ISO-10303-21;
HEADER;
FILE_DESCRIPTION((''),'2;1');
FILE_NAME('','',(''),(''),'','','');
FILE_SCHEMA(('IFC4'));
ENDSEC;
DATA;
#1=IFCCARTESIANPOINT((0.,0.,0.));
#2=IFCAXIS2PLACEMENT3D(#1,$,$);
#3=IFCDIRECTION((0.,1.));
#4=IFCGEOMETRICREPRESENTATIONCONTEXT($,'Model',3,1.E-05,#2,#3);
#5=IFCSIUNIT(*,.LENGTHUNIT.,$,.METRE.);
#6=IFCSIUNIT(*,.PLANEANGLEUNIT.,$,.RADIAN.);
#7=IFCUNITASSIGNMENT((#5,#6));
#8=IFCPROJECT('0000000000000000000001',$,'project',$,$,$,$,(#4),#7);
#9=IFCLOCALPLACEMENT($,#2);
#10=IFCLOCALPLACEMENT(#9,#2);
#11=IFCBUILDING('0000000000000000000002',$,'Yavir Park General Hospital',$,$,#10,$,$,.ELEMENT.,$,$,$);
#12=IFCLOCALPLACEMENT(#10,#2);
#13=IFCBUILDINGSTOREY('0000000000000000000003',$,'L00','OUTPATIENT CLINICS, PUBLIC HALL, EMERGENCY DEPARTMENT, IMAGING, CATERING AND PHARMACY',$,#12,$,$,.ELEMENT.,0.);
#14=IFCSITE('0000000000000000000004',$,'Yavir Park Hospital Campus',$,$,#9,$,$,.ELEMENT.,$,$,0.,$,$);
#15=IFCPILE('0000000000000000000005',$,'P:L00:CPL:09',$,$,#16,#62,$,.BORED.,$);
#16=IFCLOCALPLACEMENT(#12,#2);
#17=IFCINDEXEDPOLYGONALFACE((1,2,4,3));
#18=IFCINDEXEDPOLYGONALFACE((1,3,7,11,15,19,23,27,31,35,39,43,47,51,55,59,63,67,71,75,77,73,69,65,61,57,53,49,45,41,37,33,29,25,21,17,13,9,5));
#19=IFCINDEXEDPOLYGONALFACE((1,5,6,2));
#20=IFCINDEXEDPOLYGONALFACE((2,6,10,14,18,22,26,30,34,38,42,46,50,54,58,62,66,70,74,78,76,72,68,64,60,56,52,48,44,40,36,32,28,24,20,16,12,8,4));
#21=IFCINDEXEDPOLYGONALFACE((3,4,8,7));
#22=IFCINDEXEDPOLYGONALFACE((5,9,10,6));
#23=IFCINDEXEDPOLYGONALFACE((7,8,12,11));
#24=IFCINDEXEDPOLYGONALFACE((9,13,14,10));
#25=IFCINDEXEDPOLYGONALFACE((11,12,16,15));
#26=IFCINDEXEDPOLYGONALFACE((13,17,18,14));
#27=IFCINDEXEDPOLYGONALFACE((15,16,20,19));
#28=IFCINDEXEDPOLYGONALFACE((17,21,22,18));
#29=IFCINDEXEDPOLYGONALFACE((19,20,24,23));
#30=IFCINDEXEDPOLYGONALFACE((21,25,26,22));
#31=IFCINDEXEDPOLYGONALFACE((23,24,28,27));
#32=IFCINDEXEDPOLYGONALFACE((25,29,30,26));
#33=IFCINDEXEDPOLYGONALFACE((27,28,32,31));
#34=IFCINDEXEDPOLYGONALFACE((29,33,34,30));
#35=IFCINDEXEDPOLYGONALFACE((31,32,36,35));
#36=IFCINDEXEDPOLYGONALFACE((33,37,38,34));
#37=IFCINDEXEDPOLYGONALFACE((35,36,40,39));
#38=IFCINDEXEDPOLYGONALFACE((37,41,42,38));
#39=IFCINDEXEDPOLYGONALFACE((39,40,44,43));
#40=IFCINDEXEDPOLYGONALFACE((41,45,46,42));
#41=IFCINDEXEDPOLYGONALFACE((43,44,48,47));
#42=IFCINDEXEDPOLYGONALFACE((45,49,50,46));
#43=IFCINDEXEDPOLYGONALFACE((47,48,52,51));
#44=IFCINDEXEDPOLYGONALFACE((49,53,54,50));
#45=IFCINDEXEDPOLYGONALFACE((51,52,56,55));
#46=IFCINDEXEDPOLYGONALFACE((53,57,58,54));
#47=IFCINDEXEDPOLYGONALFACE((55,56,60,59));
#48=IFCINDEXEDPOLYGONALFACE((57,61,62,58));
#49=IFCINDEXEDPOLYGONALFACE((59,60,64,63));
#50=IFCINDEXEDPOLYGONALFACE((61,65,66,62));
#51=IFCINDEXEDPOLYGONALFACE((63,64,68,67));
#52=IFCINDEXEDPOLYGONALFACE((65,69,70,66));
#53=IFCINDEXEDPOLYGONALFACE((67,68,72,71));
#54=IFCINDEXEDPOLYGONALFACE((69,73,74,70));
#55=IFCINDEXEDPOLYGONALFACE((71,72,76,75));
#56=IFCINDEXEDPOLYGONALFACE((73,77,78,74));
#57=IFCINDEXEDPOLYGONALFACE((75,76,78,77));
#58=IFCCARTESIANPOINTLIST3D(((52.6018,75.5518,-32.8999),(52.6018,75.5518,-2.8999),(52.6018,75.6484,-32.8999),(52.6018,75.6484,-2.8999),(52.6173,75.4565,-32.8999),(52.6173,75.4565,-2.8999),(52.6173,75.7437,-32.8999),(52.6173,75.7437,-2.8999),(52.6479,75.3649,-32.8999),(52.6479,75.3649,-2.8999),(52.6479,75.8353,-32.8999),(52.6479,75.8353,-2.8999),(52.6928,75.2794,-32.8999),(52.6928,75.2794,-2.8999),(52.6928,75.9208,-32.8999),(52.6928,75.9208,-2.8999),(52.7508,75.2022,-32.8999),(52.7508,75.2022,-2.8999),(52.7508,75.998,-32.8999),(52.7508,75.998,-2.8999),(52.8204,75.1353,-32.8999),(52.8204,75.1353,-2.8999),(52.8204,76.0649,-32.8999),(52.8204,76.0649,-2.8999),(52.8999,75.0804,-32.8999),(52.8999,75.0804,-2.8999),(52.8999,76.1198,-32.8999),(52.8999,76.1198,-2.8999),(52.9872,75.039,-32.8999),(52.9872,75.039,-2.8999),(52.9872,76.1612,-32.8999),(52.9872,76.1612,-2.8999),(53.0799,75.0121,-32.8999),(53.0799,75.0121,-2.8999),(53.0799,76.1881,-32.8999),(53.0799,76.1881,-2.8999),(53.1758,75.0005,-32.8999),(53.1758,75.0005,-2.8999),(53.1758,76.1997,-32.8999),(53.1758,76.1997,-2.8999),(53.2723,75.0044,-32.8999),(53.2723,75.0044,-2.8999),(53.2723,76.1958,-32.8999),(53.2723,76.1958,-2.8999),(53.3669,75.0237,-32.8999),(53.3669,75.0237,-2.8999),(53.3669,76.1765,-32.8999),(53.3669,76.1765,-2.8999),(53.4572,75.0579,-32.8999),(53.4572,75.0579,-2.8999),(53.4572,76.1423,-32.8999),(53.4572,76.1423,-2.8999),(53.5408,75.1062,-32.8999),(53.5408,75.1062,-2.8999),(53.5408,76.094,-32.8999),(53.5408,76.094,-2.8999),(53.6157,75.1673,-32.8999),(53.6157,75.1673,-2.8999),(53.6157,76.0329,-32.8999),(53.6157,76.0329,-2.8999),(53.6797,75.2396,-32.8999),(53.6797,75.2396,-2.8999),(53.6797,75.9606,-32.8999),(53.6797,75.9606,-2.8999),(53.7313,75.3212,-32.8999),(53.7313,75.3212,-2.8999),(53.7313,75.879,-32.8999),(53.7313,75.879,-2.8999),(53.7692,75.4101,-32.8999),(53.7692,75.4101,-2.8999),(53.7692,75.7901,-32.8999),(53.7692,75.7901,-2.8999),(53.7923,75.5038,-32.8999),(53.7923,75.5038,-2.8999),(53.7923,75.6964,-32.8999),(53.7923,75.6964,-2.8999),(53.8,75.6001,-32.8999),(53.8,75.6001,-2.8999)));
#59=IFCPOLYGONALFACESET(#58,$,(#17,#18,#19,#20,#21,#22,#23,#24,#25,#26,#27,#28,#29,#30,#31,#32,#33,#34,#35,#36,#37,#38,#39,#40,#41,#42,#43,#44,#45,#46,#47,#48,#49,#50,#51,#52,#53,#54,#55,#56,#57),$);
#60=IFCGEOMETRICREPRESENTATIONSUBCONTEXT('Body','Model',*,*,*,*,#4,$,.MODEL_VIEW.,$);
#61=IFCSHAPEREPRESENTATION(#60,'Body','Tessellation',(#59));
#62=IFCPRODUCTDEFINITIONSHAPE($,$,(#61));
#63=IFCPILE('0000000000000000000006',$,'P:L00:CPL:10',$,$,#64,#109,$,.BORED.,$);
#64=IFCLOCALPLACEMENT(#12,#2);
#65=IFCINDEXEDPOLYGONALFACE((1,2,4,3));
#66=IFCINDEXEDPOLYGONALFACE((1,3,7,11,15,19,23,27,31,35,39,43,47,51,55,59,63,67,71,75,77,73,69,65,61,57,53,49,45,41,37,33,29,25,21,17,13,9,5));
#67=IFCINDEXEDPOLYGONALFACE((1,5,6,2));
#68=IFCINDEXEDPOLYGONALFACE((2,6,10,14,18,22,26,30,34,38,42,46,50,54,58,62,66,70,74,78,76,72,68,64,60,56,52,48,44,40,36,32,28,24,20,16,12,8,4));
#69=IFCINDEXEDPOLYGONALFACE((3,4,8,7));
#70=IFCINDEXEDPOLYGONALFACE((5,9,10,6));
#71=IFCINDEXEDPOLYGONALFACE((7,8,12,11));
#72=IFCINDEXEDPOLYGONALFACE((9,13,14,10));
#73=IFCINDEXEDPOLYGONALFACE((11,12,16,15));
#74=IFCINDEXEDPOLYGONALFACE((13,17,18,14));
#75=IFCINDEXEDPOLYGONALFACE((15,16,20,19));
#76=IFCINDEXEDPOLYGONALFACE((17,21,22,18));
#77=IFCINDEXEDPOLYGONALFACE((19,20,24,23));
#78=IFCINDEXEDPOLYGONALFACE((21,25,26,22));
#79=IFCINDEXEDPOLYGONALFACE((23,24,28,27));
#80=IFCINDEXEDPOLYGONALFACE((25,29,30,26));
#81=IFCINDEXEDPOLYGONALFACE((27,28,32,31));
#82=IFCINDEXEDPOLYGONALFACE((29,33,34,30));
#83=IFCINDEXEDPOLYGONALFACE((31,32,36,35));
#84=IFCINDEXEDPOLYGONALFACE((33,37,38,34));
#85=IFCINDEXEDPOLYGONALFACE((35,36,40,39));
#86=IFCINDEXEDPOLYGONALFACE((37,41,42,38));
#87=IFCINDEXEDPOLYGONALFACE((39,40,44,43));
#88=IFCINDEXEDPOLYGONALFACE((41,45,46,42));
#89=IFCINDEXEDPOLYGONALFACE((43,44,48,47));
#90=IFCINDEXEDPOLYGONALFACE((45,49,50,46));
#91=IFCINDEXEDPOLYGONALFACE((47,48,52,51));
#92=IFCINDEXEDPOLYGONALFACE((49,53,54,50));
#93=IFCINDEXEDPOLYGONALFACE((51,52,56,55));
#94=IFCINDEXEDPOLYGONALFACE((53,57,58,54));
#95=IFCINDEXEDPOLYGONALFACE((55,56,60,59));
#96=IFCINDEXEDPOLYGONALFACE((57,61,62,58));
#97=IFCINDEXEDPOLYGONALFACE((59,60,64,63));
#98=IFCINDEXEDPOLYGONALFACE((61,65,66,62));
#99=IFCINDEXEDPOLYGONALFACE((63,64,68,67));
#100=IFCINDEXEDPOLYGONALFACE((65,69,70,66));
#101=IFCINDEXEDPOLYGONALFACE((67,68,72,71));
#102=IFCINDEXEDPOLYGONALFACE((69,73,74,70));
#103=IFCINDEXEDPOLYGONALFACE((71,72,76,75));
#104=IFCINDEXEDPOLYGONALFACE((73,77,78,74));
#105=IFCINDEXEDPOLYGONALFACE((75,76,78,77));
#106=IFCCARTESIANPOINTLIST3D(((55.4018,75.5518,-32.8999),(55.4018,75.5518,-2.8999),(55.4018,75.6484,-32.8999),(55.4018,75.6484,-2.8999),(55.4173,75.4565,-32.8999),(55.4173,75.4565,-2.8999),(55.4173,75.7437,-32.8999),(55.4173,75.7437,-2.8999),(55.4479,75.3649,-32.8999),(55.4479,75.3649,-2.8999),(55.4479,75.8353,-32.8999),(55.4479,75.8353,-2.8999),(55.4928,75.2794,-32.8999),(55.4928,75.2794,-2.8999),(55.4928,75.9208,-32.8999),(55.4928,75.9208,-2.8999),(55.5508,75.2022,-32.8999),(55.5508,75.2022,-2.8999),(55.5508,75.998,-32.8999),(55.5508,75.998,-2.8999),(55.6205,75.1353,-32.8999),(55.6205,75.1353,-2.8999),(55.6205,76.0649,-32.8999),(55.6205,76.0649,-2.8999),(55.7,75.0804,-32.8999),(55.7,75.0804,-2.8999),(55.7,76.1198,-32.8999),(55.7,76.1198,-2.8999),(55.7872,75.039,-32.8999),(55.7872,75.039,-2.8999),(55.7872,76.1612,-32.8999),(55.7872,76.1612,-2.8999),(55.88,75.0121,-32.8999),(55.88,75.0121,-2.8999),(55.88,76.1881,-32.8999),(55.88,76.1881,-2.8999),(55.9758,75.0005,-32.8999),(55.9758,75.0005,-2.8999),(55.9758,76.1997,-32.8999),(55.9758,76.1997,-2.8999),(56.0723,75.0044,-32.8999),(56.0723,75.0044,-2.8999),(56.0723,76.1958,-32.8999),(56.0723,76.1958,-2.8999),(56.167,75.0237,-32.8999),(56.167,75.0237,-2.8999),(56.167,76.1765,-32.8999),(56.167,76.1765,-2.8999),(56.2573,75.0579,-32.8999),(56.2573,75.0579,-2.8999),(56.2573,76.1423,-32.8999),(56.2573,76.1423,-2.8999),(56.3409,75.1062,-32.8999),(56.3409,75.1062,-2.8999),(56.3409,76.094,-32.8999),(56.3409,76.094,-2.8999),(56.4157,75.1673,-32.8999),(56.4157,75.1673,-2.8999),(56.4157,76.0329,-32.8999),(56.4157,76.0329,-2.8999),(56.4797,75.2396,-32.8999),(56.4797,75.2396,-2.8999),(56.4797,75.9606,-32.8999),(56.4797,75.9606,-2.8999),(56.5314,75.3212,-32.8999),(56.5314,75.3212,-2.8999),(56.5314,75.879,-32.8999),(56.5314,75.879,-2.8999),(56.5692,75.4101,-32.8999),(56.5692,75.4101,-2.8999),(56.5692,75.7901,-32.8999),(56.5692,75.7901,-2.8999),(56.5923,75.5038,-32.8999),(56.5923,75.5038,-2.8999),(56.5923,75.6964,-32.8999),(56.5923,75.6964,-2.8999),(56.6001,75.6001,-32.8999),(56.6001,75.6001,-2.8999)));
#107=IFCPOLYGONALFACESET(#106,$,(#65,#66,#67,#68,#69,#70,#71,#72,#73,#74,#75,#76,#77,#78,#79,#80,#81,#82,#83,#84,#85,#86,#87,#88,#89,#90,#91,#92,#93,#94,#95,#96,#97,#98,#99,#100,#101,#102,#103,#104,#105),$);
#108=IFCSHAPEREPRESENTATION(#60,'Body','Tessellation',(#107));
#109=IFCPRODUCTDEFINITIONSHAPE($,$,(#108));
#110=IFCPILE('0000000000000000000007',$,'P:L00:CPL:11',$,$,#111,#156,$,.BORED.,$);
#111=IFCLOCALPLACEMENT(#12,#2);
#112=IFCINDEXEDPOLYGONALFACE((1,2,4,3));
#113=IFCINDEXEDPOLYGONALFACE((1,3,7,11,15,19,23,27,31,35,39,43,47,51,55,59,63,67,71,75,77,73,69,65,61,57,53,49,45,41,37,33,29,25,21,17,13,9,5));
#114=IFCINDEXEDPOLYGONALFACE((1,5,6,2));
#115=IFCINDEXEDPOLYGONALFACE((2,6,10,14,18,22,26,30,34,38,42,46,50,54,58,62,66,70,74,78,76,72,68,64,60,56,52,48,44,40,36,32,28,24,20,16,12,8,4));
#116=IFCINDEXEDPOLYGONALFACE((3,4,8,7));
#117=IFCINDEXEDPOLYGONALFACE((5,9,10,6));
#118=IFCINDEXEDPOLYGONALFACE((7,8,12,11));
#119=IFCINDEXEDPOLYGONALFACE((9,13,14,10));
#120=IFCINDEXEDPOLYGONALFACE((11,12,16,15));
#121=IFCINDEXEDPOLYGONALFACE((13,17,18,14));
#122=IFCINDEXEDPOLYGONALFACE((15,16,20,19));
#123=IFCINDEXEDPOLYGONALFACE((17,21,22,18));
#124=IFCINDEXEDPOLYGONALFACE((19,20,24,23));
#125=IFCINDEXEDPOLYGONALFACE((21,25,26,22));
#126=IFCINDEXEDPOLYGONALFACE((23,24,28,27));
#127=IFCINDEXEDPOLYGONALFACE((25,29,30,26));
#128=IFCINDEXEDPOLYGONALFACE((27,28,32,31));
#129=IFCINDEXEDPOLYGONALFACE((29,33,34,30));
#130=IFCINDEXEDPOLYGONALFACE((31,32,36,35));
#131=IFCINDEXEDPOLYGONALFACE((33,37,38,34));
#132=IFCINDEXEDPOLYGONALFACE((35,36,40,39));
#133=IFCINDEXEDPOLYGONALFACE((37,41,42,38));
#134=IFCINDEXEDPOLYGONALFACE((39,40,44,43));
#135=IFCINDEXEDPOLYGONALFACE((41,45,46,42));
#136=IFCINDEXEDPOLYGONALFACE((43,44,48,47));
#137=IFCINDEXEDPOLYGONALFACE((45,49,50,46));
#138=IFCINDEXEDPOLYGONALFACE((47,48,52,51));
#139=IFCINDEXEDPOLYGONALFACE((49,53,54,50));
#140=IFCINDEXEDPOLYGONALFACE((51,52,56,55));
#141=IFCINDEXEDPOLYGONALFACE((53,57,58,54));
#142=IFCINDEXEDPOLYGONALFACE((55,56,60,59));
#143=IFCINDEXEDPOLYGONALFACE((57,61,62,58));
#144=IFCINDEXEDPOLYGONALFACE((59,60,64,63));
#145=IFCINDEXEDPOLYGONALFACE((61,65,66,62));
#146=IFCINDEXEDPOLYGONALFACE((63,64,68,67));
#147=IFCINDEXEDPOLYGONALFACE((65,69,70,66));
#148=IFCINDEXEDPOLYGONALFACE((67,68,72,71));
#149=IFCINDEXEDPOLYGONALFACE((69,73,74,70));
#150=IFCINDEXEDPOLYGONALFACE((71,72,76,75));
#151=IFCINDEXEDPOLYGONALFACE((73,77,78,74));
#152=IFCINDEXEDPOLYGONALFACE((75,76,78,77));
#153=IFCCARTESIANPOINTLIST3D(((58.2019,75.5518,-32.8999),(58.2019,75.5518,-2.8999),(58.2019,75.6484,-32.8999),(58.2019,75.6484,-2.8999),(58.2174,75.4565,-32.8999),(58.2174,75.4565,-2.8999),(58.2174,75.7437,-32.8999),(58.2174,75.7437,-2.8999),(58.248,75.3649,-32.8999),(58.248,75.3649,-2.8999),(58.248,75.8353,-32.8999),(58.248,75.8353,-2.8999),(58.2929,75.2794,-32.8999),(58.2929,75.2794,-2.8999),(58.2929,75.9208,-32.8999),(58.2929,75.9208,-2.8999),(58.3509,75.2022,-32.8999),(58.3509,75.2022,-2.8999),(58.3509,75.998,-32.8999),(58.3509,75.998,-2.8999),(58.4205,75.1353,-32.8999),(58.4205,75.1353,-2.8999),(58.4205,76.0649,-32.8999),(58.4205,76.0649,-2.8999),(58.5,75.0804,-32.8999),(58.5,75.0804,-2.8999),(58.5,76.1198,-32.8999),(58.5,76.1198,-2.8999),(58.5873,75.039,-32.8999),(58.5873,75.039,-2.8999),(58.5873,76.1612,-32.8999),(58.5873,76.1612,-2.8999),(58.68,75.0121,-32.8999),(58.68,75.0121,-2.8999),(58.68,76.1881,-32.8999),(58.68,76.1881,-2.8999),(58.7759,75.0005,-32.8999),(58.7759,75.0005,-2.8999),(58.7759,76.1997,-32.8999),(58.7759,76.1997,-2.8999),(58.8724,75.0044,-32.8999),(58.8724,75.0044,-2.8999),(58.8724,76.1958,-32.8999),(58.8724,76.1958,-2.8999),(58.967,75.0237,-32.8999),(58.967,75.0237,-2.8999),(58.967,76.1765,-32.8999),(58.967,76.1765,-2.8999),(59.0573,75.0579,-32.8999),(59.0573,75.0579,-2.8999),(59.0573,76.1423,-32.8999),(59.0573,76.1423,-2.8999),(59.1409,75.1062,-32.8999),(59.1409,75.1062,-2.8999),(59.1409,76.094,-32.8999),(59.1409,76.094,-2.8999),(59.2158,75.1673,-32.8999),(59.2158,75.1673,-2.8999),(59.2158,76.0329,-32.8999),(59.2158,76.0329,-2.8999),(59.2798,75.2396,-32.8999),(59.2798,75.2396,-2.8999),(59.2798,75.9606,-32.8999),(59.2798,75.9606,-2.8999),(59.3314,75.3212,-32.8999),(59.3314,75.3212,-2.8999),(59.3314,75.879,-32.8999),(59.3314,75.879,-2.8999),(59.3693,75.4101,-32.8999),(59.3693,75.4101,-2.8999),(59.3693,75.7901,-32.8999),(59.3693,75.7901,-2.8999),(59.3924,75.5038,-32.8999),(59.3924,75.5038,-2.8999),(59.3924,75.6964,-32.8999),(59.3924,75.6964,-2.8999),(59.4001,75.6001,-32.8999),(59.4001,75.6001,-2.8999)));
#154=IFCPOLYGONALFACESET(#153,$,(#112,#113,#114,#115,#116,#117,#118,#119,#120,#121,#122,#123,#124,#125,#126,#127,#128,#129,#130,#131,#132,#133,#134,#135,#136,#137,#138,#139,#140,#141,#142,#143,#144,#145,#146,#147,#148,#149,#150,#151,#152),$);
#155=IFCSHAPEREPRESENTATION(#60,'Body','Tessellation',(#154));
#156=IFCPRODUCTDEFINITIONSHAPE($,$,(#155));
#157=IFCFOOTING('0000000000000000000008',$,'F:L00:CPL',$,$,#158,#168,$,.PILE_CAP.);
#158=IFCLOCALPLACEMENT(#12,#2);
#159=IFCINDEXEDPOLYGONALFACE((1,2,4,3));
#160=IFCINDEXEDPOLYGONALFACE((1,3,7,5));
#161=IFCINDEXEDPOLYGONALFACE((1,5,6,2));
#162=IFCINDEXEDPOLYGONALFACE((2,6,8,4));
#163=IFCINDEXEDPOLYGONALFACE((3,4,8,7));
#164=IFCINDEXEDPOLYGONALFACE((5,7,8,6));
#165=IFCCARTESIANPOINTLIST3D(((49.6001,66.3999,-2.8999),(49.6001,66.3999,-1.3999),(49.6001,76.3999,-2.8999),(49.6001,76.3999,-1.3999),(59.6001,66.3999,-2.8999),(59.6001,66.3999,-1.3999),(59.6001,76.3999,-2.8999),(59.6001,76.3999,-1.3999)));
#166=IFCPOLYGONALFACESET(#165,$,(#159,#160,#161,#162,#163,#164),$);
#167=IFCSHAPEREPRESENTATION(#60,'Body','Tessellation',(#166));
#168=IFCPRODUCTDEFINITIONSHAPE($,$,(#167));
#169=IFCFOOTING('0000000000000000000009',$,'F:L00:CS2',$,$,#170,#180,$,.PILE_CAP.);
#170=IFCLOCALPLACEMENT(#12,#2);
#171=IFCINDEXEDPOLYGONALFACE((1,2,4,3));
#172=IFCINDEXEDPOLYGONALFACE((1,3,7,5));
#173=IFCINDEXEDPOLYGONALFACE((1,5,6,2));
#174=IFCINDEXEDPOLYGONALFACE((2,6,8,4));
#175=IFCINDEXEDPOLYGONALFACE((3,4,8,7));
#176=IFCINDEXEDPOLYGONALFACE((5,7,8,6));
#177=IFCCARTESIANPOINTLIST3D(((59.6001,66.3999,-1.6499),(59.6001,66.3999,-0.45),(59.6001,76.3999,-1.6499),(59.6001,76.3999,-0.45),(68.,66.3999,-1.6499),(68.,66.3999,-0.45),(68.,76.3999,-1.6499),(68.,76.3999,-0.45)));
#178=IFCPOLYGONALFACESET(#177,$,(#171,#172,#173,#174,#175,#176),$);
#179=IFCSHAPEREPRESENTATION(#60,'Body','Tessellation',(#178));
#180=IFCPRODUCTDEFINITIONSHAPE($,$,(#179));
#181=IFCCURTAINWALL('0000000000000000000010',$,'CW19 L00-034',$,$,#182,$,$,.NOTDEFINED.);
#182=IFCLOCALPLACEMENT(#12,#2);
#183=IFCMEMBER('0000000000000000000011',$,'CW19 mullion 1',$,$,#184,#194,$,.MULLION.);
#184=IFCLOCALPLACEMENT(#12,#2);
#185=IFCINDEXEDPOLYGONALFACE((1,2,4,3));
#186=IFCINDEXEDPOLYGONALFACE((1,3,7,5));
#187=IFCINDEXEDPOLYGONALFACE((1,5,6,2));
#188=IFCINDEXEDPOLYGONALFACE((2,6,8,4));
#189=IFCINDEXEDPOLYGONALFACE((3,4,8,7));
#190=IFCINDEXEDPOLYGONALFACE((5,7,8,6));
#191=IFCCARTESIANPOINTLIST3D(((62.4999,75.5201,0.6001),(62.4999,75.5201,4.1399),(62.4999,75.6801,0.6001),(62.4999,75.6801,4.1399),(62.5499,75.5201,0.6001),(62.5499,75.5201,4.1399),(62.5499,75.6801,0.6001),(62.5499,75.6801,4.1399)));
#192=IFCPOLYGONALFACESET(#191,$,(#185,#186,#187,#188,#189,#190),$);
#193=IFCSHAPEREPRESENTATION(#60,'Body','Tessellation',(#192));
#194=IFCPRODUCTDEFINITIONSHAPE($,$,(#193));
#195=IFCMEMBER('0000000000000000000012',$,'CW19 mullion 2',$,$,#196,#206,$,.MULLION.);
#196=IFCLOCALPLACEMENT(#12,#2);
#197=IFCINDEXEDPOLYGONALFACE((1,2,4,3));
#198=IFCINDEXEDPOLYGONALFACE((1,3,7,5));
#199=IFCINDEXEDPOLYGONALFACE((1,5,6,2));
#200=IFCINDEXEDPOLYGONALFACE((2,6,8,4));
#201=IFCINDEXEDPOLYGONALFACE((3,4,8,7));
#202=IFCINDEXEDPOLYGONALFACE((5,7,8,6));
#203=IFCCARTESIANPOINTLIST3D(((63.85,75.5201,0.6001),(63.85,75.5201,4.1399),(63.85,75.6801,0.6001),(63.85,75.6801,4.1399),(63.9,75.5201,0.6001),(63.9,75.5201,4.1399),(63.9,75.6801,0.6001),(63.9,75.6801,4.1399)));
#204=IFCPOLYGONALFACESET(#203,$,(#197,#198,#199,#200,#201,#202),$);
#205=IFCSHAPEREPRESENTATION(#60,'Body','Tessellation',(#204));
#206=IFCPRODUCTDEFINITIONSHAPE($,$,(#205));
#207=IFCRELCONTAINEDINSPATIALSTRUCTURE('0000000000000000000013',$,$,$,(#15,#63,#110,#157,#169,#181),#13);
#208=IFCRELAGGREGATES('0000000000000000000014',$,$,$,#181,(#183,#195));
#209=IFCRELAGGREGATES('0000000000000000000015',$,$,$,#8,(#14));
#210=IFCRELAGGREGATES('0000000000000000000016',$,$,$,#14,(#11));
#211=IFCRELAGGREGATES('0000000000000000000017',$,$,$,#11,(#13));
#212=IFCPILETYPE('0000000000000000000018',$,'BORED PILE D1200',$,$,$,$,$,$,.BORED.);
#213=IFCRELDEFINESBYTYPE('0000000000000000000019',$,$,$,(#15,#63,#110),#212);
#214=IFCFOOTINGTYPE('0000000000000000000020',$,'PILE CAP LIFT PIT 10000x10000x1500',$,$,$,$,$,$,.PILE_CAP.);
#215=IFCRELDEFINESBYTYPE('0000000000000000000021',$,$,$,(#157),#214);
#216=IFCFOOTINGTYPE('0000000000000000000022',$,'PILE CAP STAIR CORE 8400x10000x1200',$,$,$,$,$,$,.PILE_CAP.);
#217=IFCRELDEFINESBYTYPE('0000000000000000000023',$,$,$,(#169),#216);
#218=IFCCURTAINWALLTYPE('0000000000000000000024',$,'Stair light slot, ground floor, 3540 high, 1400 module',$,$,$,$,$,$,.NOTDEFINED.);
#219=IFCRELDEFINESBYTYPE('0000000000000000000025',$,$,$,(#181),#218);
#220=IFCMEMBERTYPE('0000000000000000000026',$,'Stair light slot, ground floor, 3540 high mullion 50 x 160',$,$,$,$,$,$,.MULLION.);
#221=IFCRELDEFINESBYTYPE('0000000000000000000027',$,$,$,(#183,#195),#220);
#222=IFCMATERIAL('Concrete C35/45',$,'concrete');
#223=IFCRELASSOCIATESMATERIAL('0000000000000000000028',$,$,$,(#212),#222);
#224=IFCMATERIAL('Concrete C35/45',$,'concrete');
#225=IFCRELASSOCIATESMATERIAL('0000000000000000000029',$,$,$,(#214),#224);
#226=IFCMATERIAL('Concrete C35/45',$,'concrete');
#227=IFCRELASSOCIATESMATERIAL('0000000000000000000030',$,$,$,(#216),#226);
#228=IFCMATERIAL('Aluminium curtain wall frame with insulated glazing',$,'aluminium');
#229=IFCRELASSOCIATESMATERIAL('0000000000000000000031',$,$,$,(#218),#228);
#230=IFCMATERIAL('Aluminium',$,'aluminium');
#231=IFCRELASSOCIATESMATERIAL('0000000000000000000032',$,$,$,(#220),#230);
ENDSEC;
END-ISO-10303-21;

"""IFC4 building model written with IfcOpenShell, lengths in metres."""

from ifc_helpers import new_model, si_unit, direction, frame, origin, origin_2d, place, context, subcontext, project, spatial, rectangle, circle, extrude, material, material_profile, profile_set, type_object, element, aggregate, save


model = new_model("IFC4")

# Units and contexts
model_context = context("Model", 3, precision=1e-05, world=origin(), true_north=direction((0.0, 1.0)))
body_context = subcontext(model_context, "Body", "Model", "MODEL_VIEW")
ifc_project = project(units=[si_unit("LENGTHUNIT", "METRE"), si_unit("PLANEANGLEUNIT", "RADIAN")], contexts=[model_context])

# Site, building, storey
site_placement = place(None, origin())
site = spatial("IfcSite", under=ifc_project, at=site_placement, Name="Yavir Park Hospital Campus", CompositionType="ELEMENT", RefElevation=0.0)
building_placement = place(site_placement, origin())
building = spatial("IfcBuilding", under=site, at=building_placement, Name="Yavir Park General Hospital", CompositionType="ELEMENT")
storey_placement = place(building_placement, origin())
storey = spatial("IfcBuildingStorey", under=building, at=storey_placement, Name="L00", Description="OUTPATIENT CLINICS, PUBLIC HALL, EMERGENCY DEPARTMENT, IMAGING, CATERING AND PHARMACY", CompositionType="ELEMENT", Elevation=0.0)

# Piles
ifc_material_1 = material(Name="Concrete C35/45", Category="concrete")
ifc_material_profile_1 = material_profile(ifc_material_1, circle(Radius=0.6001, at=origin_2d()), Name="D1200")
ifc_profile_set_1 = profile_set([ifc_material_profile_1], Name="Concrete C35/45")
pile_type_1 = type_object("IfcPileType", Name="BORED PILE D1200", PredefinedType="BORED", material=ifc_profile_set_1)
for number, where, z_axis, x_axis, name in (
    (1, (53.2, 75.6001, -2.8999), (0.0, 0.0, -1.0), (1.0, 0.0, 0.0), "P:L00:CPL:09"),
    (2, (56.0, 75.6001, -2.8999), (0.0, 0.0, -1.0), (1.0, 0.0, 0.0), "P:L00:CPL:10"),
    (3, (58.8, 75.6001, -2.8999), (0.0, 0.0, -1.0), (1.0, 0.0, 0.0), "P:L00:CPL:11"),
):
    element("IfcPile", number, at=place(storey_placement, frame(where, z_axis=z_axis, x_axis=x_axis)), inside=storey, type_object=pile_type_1, Name=name, PredefinedType="BORED", context=body_context, shape_type="SweptSolid", body=[
        extrude(circle(Radius=0.6001, at=origin_2d()), origin(), (0.0, 0.0, 1.0), 30.0),
    ])

# Footings
ifc_material_2 = material(Name="Concrete C35/45", Category="concrete")
footing_type_1 = type_object("IfcFootingType", Name="PILE CAP LIFT PIT 10000x10000x1500", PredefinedType="PILE_CAP", material=ifc_material_2)
footing_1_placement = place(storey_placement, frame((54.6001, 71.3999, -2.8999), z_axis=(0.0, 0.0, 1.0), x_axis=(1.0, 0.0, 0.0)))
element("IfcFooting", 4, at=footing_1_placement, inside=storey, type_object=footing_type_1, Name="F:L00:CPL", PredefinedType="PILE_CAP", context=body_context, shape_type="SweptSolid", body=[
    extrude(rectangle(XDim=10.0, YDim=10.0, at=origin_2d()), origin(), (0.0, 0.0, 1.0), 1.5),
])
ifc_material_3 = material(Name="Concrete C35/45", Category="concrete")
footing_type_2 = type_object("IfcFootingType", Name="PILE CAP STAIR CORE 8400x10000x1200", PredefinedType="PILE_CAP", material=ifc_material_3)
footing_2_placement = place(storey_placement, frame((63.8, 71.3999, -1.6499), z_axis=(0.0, 0.0, 1.0), x_axis=(1.0, 0.0, 0.0)))
element("IfcFooting", 5, at=footing_2_placement, inside=storey, type_object=footing_type_2, Name="F:L00:CS2", PredefinedType="PILE_CAP", context=body_context, shape_type="SweptSolid", body=[
    extrude(rectangle(XDim=8.3999, YDim=10.0, at=origin_2d()), origin(), (0.0, 0.0, 1.0), 1.2),
])

# Curtain wall, members
ifc_material_4 = material(Name="Aluminium curtain wall frame with insulated glazing", Category="aluminium")
curtain_wall_type = type_object("IfcCurtainWallType", Name="Stair light slot, ground floor, 3540 high, 1400 module", PredefinedType="NOTDEFINED", material=ifc_material_4)
curtain_wall_placement = place(storey_placement, origin())
curtain_wall = element("IfcCurtainWall", 6, at=curtain_wall_placement, inside=storey, type_object=curtain_wall_type, Name="CW19 L00-034", PredefinedType="NOTDEFINED")
ifc_material_5 = material(Name="Aluminium", Category="aluminium")
ifc_material_profile_2 = material_profile(ifc_material_5, rectangle(XDim=0.1599, YDim=0.05, at=origin_2d()), Name="AL 50x160")
ifc_profile_set_2 = profile_set([ifc_material_profile_2], Name="Aluminium")
member_type_1 = type_object("IfcMemberType", Name="Stair light slot, ground floor, 3540 high mullion 50 x 160", PredefinedType="MULLION", material=ifc_profile_set_2)
member_1_placement = place(storey_placement, frame((62.5249, 75.6001, 0.6001), z_axis=(0.0, 0.0, 1.0), x_axis=(0.0, 1.0, 0.0)))
member_1 = element("IfcMember", 7, at=member_1_placement, type_object=member_type_1, Name="CW19 mullion 1", PredefinedType="MULLION", context=body_context, shape_type="SweptSolid", body=[
    extrude(rectangle(XDim=0.1599, YDim=0.05, at=origin_2d()), origin(), (0.0, 0.0, 1.0), 3.5398),
])
member_2_placement = place(storey_placement, frame((63.875, 75.6001, 0.6001), z_axis=(0.0, 0.0, 1.0), x_axis=(0.0, 1.0, 0.0)))
member_2 = element("IfcMember", 8, at=member_2_placement, type_object=member_type_1, Name="CW19 mullion 2", PredefinedType="MULLION", context=body_context, shape_type="SweptSolid", body=[
    extrude(rectangle(XDim=0.1599, YDim=0.05, at=origin_2d()), origin(), (0.0, 0.0, 1.0), 3.5398),
])
aggregate(curtain_wall, [member_1, member_2])

save(model, "model.ifc")
